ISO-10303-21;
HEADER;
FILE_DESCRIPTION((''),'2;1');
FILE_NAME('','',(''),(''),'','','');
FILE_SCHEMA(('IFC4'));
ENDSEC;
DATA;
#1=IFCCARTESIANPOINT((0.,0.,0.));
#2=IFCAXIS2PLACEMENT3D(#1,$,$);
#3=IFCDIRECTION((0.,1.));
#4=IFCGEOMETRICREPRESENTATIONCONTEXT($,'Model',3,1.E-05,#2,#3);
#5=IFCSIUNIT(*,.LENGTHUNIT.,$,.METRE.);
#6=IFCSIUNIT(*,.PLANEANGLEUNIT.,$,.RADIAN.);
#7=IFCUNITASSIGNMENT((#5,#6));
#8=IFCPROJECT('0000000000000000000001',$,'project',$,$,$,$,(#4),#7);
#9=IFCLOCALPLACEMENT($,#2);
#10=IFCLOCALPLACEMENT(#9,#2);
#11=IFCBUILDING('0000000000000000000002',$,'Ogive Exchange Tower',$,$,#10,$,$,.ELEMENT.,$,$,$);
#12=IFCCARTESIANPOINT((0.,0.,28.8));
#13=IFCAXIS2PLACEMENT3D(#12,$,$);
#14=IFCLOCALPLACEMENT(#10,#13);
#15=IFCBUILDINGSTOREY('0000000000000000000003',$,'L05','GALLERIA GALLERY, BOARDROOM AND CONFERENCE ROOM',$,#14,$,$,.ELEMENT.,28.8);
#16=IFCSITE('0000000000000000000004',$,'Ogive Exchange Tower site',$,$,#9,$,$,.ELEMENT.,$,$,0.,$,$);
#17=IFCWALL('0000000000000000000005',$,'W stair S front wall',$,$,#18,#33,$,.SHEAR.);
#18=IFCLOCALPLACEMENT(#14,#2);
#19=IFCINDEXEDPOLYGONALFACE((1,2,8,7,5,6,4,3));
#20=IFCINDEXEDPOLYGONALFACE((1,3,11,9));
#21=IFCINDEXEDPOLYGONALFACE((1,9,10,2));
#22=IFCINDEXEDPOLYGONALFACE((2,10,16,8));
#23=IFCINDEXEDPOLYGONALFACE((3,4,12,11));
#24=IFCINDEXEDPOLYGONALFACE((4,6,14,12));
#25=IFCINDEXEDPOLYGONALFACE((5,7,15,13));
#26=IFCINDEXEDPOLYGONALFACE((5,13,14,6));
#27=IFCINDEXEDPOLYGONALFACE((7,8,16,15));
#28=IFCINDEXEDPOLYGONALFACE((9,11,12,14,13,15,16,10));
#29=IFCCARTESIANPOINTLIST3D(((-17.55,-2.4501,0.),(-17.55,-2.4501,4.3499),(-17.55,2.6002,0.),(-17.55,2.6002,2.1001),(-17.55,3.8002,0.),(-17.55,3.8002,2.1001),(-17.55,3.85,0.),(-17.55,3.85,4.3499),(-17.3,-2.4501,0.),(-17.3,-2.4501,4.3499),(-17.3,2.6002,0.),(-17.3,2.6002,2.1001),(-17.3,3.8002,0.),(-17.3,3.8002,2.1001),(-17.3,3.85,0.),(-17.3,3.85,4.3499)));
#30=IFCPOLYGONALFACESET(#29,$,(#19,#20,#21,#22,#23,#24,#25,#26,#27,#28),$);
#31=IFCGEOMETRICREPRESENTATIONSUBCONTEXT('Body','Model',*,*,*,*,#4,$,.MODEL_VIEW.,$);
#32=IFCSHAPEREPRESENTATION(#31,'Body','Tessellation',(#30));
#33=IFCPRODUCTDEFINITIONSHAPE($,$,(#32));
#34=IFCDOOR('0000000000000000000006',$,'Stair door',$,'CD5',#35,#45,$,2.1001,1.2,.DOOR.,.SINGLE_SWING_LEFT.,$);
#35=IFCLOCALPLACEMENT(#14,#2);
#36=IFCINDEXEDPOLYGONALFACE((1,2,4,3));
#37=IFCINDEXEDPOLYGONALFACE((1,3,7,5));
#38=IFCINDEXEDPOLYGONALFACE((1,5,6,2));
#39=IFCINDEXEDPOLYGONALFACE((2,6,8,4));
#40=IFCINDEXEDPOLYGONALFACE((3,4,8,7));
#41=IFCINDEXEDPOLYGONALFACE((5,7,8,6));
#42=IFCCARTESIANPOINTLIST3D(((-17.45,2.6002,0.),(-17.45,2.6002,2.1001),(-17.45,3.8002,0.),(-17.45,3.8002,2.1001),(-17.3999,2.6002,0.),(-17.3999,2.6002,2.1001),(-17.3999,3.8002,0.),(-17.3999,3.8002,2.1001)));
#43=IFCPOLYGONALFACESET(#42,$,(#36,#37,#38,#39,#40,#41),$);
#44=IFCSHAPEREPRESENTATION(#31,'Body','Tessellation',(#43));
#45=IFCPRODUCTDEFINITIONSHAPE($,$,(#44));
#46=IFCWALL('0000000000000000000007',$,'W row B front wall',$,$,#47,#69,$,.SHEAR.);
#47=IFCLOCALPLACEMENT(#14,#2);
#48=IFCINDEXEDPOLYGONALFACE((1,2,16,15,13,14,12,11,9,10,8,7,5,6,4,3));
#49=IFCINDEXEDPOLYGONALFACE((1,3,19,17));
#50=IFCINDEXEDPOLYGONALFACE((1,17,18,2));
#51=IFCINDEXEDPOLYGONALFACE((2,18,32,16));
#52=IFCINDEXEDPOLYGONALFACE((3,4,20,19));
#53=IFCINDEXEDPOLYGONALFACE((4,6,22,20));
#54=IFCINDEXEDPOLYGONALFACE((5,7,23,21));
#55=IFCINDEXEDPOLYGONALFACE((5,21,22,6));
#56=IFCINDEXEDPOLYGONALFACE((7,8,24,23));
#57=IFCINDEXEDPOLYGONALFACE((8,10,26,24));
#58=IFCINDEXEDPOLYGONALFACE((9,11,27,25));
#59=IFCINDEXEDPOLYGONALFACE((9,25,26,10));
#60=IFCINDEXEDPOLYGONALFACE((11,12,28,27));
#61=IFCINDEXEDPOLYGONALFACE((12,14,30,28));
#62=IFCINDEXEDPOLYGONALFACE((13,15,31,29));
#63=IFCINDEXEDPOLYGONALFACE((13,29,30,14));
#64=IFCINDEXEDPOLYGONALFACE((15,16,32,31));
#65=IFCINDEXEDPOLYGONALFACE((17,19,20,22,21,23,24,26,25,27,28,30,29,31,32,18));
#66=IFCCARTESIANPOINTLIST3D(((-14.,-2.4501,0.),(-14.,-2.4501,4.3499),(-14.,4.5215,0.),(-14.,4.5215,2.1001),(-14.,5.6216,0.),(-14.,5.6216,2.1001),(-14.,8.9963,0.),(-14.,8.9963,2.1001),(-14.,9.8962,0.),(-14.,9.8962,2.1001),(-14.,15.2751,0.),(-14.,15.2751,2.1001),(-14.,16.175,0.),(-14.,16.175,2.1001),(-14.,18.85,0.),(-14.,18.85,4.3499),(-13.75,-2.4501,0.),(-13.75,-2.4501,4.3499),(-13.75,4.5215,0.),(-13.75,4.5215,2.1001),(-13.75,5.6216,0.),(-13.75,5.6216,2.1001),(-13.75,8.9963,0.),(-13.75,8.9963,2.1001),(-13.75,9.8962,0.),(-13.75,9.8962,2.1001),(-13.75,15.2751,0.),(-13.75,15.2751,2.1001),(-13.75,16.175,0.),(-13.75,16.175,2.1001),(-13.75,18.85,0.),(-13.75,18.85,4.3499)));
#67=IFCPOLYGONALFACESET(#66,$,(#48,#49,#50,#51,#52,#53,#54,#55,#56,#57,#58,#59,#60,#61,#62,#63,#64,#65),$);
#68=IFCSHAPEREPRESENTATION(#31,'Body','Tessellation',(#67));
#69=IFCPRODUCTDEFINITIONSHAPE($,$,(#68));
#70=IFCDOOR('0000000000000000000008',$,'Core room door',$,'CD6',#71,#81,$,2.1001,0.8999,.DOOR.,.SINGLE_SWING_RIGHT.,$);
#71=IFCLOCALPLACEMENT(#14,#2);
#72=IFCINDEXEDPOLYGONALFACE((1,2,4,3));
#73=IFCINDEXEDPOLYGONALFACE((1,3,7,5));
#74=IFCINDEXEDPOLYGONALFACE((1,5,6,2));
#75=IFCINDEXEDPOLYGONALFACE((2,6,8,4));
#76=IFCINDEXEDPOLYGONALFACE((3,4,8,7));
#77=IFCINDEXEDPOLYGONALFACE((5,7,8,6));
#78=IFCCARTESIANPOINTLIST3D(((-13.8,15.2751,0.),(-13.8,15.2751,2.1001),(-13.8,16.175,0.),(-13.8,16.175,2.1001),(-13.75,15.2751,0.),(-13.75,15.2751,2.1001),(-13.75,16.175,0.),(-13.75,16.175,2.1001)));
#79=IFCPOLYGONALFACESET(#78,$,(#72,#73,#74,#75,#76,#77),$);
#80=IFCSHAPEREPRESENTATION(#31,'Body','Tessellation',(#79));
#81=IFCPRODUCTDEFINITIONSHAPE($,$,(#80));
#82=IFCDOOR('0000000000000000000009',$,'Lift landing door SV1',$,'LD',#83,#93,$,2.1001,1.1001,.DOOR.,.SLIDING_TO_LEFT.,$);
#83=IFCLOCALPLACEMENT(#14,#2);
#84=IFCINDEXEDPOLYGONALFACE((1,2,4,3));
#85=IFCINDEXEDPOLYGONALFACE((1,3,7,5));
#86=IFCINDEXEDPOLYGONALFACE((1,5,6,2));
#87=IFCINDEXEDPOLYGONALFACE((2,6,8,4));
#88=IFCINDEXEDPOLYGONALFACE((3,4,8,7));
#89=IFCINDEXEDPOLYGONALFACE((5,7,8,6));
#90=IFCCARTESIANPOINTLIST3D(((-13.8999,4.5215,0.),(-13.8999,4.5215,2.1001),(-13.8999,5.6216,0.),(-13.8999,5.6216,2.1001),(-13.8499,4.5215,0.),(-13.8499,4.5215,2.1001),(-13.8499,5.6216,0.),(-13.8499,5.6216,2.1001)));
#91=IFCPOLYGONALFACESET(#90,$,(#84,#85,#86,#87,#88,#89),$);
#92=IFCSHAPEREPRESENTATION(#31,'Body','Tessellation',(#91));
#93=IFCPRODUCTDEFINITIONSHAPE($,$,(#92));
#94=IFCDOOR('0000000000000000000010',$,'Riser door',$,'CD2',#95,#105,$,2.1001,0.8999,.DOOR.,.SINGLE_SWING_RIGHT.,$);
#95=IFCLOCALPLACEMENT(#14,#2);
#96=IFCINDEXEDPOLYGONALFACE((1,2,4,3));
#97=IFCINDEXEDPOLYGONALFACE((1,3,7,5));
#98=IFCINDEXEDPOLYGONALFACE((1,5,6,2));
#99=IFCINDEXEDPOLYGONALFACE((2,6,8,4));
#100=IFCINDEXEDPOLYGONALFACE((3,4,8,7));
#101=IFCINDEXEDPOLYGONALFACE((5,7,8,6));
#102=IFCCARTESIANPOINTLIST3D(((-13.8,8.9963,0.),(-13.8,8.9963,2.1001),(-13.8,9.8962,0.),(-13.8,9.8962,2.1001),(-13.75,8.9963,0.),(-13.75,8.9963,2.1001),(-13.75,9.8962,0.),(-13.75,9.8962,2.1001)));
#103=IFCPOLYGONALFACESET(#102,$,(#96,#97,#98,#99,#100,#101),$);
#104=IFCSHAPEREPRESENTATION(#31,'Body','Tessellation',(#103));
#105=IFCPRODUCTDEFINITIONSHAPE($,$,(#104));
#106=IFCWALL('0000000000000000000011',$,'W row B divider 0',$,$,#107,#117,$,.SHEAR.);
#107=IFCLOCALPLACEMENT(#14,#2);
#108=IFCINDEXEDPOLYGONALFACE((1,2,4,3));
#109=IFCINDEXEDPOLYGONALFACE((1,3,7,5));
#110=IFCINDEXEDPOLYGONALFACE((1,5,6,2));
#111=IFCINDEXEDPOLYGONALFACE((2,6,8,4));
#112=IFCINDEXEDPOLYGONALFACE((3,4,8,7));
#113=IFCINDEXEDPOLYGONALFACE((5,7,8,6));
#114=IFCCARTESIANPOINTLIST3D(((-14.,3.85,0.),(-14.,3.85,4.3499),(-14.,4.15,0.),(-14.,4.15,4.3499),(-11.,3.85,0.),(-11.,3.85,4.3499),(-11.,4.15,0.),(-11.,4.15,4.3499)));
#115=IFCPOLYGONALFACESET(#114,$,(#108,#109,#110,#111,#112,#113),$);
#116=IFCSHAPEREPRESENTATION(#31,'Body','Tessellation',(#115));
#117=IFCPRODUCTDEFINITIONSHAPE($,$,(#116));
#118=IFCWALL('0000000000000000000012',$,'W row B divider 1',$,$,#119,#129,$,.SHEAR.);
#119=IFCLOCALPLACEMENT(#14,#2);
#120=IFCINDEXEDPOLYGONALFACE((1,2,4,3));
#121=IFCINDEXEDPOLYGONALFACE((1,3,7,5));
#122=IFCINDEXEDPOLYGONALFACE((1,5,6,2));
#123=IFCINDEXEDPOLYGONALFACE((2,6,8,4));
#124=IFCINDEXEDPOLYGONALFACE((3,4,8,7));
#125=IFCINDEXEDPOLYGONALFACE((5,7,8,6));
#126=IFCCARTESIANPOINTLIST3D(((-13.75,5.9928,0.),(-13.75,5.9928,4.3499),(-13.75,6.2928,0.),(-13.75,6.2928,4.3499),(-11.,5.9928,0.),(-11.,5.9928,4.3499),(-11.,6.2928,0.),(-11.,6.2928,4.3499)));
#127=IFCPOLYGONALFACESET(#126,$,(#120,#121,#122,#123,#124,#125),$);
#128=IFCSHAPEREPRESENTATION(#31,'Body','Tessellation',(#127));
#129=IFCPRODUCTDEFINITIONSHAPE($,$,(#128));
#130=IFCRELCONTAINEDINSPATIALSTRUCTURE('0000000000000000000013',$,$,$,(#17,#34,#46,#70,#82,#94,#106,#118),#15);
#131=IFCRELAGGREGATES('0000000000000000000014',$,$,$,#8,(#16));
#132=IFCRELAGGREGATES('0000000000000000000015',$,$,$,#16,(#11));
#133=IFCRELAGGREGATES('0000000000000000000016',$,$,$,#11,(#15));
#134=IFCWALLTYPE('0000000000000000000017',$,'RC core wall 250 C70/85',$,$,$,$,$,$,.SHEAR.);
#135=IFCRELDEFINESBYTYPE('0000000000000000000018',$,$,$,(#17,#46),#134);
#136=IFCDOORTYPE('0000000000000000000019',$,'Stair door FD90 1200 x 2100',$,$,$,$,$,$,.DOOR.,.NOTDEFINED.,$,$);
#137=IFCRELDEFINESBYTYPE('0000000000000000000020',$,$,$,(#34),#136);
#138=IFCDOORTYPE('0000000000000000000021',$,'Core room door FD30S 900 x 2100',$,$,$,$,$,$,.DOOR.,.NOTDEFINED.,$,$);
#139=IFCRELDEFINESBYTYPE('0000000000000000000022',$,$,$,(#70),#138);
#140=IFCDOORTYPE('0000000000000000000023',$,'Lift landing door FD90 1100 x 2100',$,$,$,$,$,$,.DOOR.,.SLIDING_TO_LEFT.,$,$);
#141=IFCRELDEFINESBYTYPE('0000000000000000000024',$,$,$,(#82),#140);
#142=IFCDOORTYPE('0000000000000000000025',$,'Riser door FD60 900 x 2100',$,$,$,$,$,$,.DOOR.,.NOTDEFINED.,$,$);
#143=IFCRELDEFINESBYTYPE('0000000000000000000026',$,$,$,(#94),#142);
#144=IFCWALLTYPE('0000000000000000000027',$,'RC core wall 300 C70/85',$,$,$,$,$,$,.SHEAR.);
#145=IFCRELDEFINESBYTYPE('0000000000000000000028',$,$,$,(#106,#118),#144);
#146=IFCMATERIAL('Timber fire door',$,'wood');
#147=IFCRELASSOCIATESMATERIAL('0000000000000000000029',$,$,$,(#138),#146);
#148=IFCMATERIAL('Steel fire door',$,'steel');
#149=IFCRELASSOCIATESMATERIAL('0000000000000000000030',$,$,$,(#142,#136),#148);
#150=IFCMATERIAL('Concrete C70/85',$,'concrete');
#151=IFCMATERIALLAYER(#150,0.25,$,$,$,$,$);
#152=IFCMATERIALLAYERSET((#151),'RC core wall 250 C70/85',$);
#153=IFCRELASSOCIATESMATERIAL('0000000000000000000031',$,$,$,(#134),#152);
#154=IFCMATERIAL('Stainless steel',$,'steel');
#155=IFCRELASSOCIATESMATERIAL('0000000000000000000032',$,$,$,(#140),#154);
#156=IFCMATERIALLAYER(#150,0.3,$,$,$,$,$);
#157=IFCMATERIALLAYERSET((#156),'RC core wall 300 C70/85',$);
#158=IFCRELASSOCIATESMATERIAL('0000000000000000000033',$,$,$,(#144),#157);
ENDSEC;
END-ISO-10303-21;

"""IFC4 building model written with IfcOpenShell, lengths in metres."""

from ifc_helpers import new_model, si_unit, direction, frame, frame_2d, origin, place, context, subcontext, project, spatial, rectangle, extrude, material, layer, layer_set, type_object, element, fill, save


model = new_model("IFC4")

# Units and contexts
model_context = context("Model", 3, precision=1e-05, world=origin(), true_north=direction((0.0, 1.0)))
body_context = subcontext(model_context, "Body", "Model", "MODEL_VIEW")
ifc_project = project(units=[si_unit("LENGTHUNIT", "METRE"), si_unit("PLANEANGLEUNIT", "RADIAN")], contexts=[model_context])

# Site, building, storey
site_placement = place(None, origin())
site = spatial("IfcSite", under=ifc_project, at=site_placement, Name="Ogive Exchange Tower site", CompositionType="ELEMENT", RefElevation=0.0)
building_placement = place(site_placement, origin())
building = spatial("IfcBuilding", under=site, at=building_placement, Name="Ogive Exchange Tower", CompositionType="ELEMENT")
storey_placement = place(building_placement, frame((0.0, 0.0, 28.8)))
storey = spatial("IfcBuildingStorey", under=building, at=storey_placement, Name="L05", Description="GALLERIA GALLERY, BOARDROOM AND CONFERENCE ROOM", CompositionType="ELEMENT", Elevation=28.8)

# Shared definitions
ifc_material_1 = material(Name="Concrete C70/85", Category="concrete")
ifc_material_2 = material(Name="Timber fire door", Category="wood")
door_type_1 = type_object("IfcDoorType", Name="Core room door FD30S 900 x 2100", OperationType="NOTDEFINED", PredefinedType="DOOR", material=ifc_material_2)
ifc_material_3 = material(Name="Steel fire door", Category="steel")
door_type_2 = type_object("IfcDoorType", Name="Riser door FD60 900 x 2100", OperationType="NOTDEFINED", PredefinedType="DOOR", material=ifc_material_3)

# Wall, opening, door
ifc_layer_1 = layer(ifc_material_1, 0.25)
ifc_layer_set_1 = layer_set([ifc_layer_1], Name="RC core wall 250 C70/85")
wall_type_1 = type_object("IfcWallType", Name="RC core wall 250 C70/85", PredefinedType="SHEAR", material=ifc_layer_set_1)
wall_1_placement = place(storey_placement, frame((-17.425, -2.45, 0.0), z_axis=(0.0, 0.0, 1.0), x_axis=(0.0, 1.0, 0.0)))
wall_1 = element("IfcWall", 1, at=wall_1_placement, inside=storey, type_object=wall_type_1, Name="W stair S front wall", PredefinedType="SHEAR", context=body_context, shape_type="SweptSolid", body=[
    extrude(rectangle(XDim=6.3, YDim=0.25, at=frame_2d((3.1499, 0.0))), origin(), (0.0, 0.0, 1.0), 4.3499),
])
opening_1_placement = place(wall_1_placement, frame((5.05, 0.0, 0.0)))
opening_1 = element("IfcOpeningElement", 2, at=opening_1_placement, cuts=wall_1, PredefinedType="OPENING", context=body_context, shape_type="SweptSolid", body=[
    extrude(rectangle(XDim=1.2, YDim=2.1001, at=frame_2d((0.6001, 1.05))), frame((0.0, 0.135, 0.0), z_axis=(0.0, -1.0, 0.0), x_axis=(1.0, 0.0, 0.0)), (0.0, 0.0, 1.0), 0.27),
])
door_type_3 = type_object("IfcDoorType", Name="Stair door FD90 1200 x 2100", OperationType="NOTDEFINED", PredefinedType="DOOR", material=ifc_material_3)
door_1_placement = place(opening_1_placement, origin())
door_1 = element("IfcDoor", 3, at=door_1_placement, inside=storey, type_object=door_type_3, Name="Stair door", ObjectType="CD5", OperationType="SINGLE_SWING_LEFT", OverallHeight=2.1001, OverallWidth=1.2, PredefinedType="DOOR", context=body_context, shape_type="SweptSolid", body=[
    extrude(rectangle(XDim=1.2, YDim=2.1001, at=frame_2d((0.6001, 1.05))), frame((0.0, 0.0249, 0.0), z_axis=(0.0, -1.0, 0.0), x_axis=(1.0, 0.0, 0.0)), (0.0, 0.0, 1.0), 0.05),
])
fill(opening_1, door_1)

# Wall, openings, doors
wall_2_placement = place(storey_placement, frame((-13.875, -2.45, 0.0), z_axis=(0.0, 0.0, 1.0), x_axis=(0.0, 1.0, 0.0)))
wall_2 = element("IfcWall", 4, at=wall_2_placement, inside=storey, type_object=wall_type_1, Name="W row B front wall", PredefinedType="SHEAR", context=body_context, shape_type="SweptSolid", body=[
    extrude(rectangle(XDim=21.3, YDim=0.25, at=frame_2d((10.6499, 0.0))), origin(), (0.0, 0.0, 1.0), 4.3499),
])
opening_2_placement = place(wall_2_placement, frame((11.4463, 0.0, 0.0)))
opening_2 = element("IfcOpeningElement", 5, at=opening_2_placement, cuts=wall_2, PredefinedType="OPENING", context=body_context, shape_type="SweptSolid", body=[
    extrude(rectangle(XDim=0.8999, YDim=2.1001, at=frame_2d((0.45, 1.05))), frame((0.0, 0.135, 0.0), z_axis=(0.0, -1.0, 0.0), x_axis=(1.0, 0.0, 0.0)), (0.0, 0.0, 1.0), 0.27),
])
opening_3_placement = place(wall_2_placement, frame((17.7251, 0.0, 0.0)))
opening_3 = element("IfcOpeningElement", 6, at=opening_3_placement, cuts=wall_2, PredefinedType="OPENING", context=body_context, shape_type="SweptSolid", body=[
    extrude(rectangle(XDim=0.8999, YDim=2.1001, at=frame_2d((0.45, 1.05))), frame((0.0, 0.135, 0.0), z_axis=(0.0, -1.0, 0.0), x_axis=(1.0, 0.0, 0.0)), (0.0, 0.0, 1.0), 0.27),
])
opening_4_placement = place(wall_2_placement, frame((6.9714, 0.0, 0.0)))
opening_4 = element("IfcOpeningElement", 7, at=opening_4_placement, cuts=wall_2, PredefinedType="OPENING", context=body_context, shape_type="SweptSolid", body=[
    extrude(rectangle(XDim=1.1001, YDim=2.1001, at=frame_2d((0.55, 1.05))), frame((0.0, 0.135, 0.0), z_axis=(0.0, -1.0, 0.0), x_axis=(1.0, 0.0, 0.0)), (0.0, 0.0, 1.0), 0.27),
])
door_2_placement = place(opening_3_placement, frame((0.8999, -0.2002, 0.0), z_axis=(0.0, 0.0, 1.0), x_axis=(-1.0, 0.0, 0.0)))
door_2 = element("IfcDoor", 8, at=door_2_placement, inside=storey, type_object=door_type_1, Name="Core room door", ObjectType="CD6", OperationType="SINGLE_SWING_RIGHT", OverallHeight=2.1001, OverallWidth=0.8999, PredefinedType="DOOR", context=body_context, shape_type="SweptSolid", body=[
    extrude(rectangle(XDim=0.8999, YDim=2.1001, at=frame_2d((0.45, 1.05))), frame((0.0, -0.0752, 0.0), z_axis=(0.0, -1.0, 0.0), x_axis=(1.0, 0.0, 0.0)), (0.0, 0.0, 1.0), 0.05),
])
fill(opening_3, door_2)
ifc_material_4 = material(Name="Stainless steel", Category="steel")
door_type_4 = type_object("IfcDoorType", Name="Lift landing door FD90 1100 x 2100", OperationType="SLIDING_TO_LEFT", PredefinedType="DOOR", material=ifc_material_4)
door_3_placement = place(opening_4_placement, origin())
door_3 = element("IfcDoor", 9, at=door_3_placement, inside=storey, type_object=door_type_4, Name="Lift landing door SV1", ObjectType="LD", OperationType="SLIDING_TO_LEFT", OverallHeight=2.1001, OverallWidth=1.1001, PredefinedType="DOOR", context=body_context, shape_type="SweptSolid", body=[
    extrude(rectangle(XDim=1.1001, YDim=2.1001, at=frame_2d((0.55, 1.05))), frame((0.0, 0.0249, 0.0), z_axis=(0.0, -1.0, 0.0), x_axis=(1.0, 0.0, 0.0)), (0.0, 0.0, 1.0), 0.05),
])
fill(opening_4, door_3)
door_4_placement = place(opening_2_placement, frame((0.8999, -0.2002, 0.0), z_axis=(0.0, 0.0, 1.0), x_axis=(-1.0, 0.0, 0.0)))
door_4 = element("IfcDoor", 10, at=door_4_placement, inside=storey, type_object=door_type_2, Name="Riser door", ObjectType="CD2", OperationType="SINGLE_SWING_RIGHT", OverallHeight=2.1001, OverallWidth=0.8999, PredefinedType="DOOR", context=body_context, shape_type="SweptSolid", body=[
    extrude(rectangle(XDim=0.8999, YDim=2.1001, at=frame_2d((0.45, 1.05))), frame((0.0, -0.0752, 0.0), z_axis=(0.0, -1.0, 0.0), x_axis=(1.0, 0.0, 0.0)), (0.0, 0.0, 1.0), 0.05),
])
fill(opening_2, door_4)

# Walls
ifc_layer_2 = layer(ifc_material_1, 0.3)
ifc_layer_set_2 = layer_set([ifc_layer_2], Name="RC core wall 300 C70/85")
wall_type_2 = type_object("IfcWallType", Name="RC core wall 300 C70/85", PredefinedType="SHEAR", material=ifc_layer_set_2)
wall_3_placement = place(storey_placement, frame((-14.0, 4.0, 0.0), z_axis=(0.0, 0.0, 1.0), x_axis=(1.0, 0.0, 0.0)))
element("IfcWall", 11, at=wall_3_placement, inside=storey, type_object=wall_type_2, Name="W row B divider 0", PredefinedType="SHEAR", context=body_context, shape_type="SweptSolid", body=[
    extrude(rectangle(XDim=3.0, YDim=0.3, at=frame_2d((1.5, 0.0))), origin(), (0.0, 0.0, 1.0), 4.3499),
])
wall_4_placement = place(storey_placement, frame((-13.75, 6.1428, 0.0), z_axis=(0.0, 0.0, 1.0), x_axis=(1.0, 0.0, 0.0)))
element("IfcWall", 12, at=wall_4_placement, inside=storey, type_object=wall_type_2, Name="W row B divider 1", PredefinedType="SHEAR", context=body_context, shape_type="SweptSolid", body=[
    extrude(rectangle(XDim=2.75, YDim=0.3, at=frame_2d((1.375, 0.0))), origin(), (0.0, 0.0, 1.0), 4.3499),
])

save(model, "model.ifc")
